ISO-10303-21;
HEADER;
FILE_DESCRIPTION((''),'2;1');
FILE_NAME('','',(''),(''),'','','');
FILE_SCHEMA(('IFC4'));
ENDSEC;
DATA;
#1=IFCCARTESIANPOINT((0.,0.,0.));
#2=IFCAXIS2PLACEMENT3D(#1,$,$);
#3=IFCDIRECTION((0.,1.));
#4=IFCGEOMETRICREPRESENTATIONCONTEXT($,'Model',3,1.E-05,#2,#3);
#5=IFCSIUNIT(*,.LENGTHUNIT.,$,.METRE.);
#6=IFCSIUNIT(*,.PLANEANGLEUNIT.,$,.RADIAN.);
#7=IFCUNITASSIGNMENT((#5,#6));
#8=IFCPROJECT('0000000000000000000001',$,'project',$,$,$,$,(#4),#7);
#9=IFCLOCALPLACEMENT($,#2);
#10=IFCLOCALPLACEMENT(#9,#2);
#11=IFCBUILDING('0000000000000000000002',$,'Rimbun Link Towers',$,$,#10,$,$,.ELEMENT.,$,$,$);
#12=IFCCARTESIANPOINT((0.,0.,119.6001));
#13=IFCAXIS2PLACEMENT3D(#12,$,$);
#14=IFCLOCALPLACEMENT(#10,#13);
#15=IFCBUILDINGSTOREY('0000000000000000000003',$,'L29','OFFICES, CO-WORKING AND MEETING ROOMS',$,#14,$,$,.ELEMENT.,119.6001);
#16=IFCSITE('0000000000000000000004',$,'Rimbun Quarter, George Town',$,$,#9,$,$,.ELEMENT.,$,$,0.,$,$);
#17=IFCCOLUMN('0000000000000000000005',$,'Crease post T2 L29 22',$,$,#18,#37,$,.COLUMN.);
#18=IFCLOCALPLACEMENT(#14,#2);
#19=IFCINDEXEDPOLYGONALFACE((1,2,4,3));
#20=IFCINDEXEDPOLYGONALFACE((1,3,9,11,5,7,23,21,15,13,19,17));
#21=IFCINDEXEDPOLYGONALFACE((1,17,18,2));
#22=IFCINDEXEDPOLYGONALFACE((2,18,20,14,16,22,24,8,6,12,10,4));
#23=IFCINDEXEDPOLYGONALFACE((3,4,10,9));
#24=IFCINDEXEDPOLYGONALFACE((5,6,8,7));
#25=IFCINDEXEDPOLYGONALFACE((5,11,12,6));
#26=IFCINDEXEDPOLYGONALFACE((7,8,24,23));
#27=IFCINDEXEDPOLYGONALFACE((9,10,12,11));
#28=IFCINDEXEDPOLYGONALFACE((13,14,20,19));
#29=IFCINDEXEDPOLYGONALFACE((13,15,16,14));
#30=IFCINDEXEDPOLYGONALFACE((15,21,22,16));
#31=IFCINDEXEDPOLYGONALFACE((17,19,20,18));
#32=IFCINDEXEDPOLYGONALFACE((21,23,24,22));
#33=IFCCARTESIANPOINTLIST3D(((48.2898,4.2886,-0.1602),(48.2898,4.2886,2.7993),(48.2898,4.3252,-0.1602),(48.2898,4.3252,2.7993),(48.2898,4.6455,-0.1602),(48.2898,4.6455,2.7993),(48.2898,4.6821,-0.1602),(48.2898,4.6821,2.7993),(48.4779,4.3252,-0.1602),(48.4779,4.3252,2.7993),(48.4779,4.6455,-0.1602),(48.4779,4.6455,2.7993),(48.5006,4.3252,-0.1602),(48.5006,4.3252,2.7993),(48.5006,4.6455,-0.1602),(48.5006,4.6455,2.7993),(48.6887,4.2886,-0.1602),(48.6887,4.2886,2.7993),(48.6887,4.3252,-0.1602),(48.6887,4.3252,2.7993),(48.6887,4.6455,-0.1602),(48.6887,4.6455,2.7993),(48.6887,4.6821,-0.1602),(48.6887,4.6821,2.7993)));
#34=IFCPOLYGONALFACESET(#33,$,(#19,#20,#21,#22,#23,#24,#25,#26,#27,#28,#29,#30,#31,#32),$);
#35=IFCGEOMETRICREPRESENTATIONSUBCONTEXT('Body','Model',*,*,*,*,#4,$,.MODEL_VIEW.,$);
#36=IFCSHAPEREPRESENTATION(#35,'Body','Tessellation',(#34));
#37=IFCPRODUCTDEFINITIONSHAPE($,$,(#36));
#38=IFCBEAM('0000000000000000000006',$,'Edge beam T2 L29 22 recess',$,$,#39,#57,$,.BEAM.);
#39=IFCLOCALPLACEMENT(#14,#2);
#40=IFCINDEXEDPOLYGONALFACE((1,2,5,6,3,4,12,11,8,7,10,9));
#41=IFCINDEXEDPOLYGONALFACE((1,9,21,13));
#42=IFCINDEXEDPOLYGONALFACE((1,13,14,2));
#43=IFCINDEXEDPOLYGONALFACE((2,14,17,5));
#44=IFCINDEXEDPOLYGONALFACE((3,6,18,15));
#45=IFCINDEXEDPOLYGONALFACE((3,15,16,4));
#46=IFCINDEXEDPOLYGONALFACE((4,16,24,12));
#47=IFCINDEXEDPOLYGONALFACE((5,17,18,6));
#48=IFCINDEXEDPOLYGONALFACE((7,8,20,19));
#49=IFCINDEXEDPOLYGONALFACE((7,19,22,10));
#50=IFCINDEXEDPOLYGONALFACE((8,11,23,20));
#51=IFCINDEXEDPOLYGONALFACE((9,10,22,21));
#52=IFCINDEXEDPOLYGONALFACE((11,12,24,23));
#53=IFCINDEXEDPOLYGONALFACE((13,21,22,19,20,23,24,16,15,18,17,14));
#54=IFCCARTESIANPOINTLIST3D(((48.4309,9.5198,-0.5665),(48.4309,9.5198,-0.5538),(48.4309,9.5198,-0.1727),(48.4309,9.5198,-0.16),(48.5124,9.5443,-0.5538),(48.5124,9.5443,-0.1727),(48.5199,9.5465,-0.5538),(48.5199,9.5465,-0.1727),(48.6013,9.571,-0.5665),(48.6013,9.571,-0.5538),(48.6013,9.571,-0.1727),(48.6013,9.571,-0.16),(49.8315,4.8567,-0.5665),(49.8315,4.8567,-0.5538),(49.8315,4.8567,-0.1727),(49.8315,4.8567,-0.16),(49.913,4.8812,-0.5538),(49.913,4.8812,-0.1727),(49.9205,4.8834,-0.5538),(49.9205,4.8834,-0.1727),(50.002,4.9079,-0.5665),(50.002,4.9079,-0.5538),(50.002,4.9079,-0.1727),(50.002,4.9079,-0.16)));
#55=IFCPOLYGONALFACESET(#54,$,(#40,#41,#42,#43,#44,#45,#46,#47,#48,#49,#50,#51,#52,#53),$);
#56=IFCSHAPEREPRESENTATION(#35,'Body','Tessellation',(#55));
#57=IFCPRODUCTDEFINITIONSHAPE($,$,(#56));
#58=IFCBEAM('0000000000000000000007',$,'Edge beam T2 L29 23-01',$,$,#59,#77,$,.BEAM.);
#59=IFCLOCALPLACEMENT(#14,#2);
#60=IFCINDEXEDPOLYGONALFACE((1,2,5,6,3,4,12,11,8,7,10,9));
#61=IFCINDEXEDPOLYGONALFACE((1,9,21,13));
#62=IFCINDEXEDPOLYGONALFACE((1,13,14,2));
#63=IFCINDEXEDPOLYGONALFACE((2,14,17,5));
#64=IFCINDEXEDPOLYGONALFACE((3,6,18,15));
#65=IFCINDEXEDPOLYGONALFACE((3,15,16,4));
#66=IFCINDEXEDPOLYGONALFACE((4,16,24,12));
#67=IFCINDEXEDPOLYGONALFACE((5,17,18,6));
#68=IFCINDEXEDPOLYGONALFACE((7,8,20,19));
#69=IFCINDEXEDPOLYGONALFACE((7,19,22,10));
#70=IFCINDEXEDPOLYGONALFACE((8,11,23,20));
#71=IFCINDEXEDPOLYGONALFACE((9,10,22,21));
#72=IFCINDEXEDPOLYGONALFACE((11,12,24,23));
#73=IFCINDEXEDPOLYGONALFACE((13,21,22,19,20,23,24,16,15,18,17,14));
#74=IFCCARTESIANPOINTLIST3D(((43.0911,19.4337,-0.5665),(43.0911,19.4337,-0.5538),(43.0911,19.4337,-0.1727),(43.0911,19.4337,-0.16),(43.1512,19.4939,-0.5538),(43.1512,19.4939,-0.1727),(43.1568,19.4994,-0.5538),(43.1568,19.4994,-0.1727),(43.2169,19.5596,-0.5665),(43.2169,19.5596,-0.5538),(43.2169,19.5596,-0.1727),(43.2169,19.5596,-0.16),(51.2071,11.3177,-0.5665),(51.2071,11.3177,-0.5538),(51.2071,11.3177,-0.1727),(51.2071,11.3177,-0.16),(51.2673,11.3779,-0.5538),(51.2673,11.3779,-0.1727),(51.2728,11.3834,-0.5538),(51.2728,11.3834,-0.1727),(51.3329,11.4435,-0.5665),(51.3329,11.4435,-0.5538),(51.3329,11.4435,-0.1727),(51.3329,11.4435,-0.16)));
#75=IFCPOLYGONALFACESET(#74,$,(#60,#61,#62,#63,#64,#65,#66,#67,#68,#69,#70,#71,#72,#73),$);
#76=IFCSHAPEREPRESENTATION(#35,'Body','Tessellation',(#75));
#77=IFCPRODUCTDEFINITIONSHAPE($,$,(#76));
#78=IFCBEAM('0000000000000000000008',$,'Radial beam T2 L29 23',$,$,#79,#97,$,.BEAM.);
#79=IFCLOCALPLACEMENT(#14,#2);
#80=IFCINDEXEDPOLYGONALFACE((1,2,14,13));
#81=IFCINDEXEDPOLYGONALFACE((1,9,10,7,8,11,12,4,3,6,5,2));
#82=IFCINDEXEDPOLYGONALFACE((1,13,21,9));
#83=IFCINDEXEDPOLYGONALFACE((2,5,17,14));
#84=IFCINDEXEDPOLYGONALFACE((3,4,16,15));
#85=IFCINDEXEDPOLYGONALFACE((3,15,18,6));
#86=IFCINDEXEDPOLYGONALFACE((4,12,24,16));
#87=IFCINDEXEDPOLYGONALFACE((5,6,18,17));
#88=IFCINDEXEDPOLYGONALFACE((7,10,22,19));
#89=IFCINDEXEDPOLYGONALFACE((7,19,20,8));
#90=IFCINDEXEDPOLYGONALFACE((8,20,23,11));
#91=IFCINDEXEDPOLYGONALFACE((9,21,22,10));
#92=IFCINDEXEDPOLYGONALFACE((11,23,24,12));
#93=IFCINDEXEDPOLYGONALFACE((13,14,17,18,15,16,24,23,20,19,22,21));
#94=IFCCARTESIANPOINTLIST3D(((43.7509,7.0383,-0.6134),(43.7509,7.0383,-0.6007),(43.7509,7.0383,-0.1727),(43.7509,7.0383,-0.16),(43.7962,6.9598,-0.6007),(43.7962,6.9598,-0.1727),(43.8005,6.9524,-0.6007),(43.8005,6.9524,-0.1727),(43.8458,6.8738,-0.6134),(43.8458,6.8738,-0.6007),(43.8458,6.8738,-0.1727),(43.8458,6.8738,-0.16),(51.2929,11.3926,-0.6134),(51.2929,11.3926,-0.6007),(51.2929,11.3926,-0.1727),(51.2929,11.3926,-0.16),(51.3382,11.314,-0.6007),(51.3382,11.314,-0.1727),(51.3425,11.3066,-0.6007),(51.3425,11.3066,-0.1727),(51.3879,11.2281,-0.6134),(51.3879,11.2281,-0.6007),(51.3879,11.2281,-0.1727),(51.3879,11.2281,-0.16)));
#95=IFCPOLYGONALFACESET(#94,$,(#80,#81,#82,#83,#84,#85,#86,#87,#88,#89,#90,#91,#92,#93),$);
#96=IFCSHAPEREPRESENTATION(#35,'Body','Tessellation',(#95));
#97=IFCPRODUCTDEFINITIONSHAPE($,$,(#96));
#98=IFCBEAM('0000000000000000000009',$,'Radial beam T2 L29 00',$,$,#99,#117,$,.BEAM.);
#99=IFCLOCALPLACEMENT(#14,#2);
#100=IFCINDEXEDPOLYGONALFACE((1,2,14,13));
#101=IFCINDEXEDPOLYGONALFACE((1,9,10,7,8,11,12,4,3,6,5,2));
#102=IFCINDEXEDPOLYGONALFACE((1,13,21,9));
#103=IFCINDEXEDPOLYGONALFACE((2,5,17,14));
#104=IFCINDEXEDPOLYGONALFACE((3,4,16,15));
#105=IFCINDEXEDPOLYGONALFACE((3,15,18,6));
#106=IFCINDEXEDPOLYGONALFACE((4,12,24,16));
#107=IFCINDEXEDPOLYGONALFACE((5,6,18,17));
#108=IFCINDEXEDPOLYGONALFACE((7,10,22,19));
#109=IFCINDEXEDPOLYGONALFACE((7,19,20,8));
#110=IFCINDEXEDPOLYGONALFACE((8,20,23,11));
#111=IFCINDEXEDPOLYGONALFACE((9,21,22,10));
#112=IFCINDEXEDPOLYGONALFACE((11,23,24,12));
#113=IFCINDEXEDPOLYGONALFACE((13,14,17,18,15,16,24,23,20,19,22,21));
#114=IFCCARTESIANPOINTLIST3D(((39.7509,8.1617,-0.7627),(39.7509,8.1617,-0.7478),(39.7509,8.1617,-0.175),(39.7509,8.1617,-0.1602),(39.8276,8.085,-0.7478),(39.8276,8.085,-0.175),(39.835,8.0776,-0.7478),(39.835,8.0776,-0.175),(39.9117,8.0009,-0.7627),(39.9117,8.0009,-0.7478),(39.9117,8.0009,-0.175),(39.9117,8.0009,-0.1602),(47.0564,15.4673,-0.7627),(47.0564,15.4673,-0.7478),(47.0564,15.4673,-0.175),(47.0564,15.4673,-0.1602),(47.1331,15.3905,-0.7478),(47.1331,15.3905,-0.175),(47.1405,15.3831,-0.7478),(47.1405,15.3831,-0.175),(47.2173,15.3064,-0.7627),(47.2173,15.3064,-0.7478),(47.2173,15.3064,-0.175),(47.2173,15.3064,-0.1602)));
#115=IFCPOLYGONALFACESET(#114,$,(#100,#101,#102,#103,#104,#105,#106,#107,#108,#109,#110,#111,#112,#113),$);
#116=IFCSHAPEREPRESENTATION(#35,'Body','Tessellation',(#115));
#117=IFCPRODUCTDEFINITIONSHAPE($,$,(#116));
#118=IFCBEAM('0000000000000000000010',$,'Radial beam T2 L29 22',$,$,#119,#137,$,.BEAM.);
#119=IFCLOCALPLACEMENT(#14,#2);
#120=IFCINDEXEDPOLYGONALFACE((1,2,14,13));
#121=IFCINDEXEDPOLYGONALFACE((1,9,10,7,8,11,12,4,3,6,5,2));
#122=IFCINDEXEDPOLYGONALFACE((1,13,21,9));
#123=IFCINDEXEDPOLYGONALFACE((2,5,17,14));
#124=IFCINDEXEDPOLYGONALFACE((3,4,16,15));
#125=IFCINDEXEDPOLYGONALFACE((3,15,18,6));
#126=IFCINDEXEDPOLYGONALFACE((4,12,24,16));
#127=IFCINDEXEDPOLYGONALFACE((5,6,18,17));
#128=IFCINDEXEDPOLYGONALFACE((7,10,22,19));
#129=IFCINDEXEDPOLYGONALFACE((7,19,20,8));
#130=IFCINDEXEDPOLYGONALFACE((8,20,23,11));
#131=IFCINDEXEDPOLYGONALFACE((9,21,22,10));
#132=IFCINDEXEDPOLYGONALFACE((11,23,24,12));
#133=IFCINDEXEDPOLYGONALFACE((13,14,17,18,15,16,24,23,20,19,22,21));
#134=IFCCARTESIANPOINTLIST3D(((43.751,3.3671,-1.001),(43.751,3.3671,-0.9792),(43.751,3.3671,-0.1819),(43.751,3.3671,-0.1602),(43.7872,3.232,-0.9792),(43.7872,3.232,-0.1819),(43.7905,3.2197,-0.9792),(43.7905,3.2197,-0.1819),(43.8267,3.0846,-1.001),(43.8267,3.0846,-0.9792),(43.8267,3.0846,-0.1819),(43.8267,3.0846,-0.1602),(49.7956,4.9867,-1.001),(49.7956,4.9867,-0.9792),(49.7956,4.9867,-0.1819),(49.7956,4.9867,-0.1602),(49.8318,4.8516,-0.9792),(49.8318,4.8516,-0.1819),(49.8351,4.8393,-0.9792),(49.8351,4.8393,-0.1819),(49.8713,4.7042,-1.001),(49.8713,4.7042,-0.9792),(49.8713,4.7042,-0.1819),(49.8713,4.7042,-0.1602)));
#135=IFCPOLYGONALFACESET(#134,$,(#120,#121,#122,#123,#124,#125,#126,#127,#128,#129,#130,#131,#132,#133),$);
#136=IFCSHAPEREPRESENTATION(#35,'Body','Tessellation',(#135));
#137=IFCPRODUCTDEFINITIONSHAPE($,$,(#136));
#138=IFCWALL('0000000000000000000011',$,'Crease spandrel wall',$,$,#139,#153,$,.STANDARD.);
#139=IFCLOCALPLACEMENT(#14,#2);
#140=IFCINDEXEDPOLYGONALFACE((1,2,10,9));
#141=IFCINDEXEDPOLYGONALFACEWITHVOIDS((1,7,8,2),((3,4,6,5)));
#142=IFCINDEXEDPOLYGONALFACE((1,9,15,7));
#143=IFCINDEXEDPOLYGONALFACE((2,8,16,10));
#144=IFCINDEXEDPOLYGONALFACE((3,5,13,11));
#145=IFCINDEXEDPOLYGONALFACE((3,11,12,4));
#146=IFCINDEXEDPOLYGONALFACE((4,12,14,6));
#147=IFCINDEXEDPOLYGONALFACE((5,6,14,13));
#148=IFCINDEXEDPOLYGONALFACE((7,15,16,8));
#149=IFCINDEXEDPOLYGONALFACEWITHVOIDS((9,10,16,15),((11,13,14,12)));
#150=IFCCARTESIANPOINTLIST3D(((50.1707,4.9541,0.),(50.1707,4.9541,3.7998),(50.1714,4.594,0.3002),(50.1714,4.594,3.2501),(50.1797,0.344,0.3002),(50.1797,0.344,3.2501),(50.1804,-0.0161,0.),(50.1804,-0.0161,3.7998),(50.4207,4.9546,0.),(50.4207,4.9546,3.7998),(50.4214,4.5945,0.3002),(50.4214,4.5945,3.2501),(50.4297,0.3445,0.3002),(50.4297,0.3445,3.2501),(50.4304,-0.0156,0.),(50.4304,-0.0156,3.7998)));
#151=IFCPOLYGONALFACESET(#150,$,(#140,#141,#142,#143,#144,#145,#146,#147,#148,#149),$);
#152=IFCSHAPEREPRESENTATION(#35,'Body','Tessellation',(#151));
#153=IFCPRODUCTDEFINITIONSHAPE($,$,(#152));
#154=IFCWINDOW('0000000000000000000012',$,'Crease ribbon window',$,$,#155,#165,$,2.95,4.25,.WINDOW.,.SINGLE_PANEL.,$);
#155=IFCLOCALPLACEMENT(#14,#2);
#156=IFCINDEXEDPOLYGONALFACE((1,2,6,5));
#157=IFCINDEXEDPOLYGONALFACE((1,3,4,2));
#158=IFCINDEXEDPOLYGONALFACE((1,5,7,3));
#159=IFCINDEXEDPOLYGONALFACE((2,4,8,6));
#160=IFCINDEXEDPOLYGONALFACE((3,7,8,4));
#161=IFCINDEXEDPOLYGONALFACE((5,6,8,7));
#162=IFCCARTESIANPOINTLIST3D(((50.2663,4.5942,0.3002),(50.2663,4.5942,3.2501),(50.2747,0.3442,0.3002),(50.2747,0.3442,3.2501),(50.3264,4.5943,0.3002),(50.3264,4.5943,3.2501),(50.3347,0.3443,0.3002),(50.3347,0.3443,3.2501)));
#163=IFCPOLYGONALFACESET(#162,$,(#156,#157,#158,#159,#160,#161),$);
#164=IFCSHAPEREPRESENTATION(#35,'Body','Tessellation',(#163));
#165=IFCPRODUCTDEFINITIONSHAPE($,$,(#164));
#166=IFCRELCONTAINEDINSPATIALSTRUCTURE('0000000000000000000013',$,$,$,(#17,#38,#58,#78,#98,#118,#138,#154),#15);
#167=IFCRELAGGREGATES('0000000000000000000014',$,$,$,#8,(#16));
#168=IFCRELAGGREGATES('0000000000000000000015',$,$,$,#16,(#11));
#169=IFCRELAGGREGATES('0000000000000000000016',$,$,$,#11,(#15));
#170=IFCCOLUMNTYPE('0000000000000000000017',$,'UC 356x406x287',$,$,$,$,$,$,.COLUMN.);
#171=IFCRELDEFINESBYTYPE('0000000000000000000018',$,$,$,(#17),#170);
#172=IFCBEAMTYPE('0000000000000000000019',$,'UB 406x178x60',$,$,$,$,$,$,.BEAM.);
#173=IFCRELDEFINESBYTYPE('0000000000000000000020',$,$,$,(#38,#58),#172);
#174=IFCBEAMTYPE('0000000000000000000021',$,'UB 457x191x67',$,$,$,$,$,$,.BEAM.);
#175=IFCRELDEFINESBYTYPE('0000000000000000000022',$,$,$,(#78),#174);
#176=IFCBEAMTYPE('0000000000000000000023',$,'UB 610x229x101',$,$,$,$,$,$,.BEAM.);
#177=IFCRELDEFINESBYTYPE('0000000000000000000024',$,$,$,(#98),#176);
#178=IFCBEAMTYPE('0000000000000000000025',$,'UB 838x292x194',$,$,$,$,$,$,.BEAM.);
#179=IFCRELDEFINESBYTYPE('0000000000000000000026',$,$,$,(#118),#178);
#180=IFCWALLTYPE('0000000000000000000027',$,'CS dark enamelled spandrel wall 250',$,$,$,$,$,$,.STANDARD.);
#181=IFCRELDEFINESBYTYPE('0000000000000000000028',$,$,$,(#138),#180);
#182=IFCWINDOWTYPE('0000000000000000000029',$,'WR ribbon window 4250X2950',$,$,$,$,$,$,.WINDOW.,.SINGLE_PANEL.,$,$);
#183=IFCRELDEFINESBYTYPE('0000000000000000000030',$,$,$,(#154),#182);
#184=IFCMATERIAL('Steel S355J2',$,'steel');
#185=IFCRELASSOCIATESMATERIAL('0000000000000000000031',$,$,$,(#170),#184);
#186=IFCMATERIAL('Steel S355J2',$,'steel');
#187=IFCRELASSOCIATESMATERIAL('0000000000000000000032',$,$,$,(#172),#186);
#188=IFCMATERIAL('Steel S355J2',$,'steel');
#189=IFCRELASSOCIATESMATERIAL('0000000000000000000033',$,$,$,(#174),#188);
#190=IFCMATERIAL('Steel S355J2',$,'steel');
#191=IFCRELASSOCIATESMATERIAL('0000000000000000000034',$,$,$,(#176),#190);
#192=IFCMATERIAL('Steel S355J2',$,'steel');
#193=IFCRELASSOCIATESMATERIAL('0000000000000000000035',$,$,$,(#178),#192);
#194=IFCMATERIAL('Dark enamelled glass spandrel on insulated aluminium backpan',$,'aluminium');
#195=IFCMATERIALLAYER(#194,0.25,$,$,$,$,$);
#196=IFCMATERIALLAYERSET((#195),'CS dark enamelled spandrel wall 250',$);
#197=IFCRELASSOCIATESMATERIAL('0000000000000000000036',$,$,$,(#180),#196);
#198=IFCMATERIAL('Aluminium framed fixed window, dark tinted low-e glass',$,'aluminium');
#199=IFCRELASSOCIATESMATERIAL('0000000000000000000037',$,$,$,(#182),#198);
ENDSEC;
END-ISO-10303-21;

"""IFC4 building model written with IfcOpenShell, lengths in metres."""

from ifc_helpers import new_model, si_unit, direction, frame, frame_2d, origin, origin_2d, place, context, subcontext, project, spatial, rectangle, i_section, extrude, material, layer, layer_set, material_profile, profile_set, type_object, element, fill, save


model = new_model("IFC4")

# Units and contexts
model_context = context("Model", 3, precision=1e-05, world=origin(), true_north=direction((0.0, 1.0)))
body_context = subcontext(model_context, "Body", "Model", "MODEL_VIEW")
ifc_project = project(units=[si_unit("LENGTHUNIT", "METRE"), si_unit("PLANEANGLEUNIT", "RADIAN")], contexts=[model_context])

# Site, building, storey
site_placement = place(None, origin())
site = spatial("IfcSite", under=ifc_project, at=site_placement, Name="Rimbun Quarter, George Town", CompositionType="ELEMENT", RefElevation=0.0)
building_placement = place(site_placement, origin())
building = spatial("IfcBuilding", under=site, at=building_placement, Name="Rimbun Link Towers", CompositionType="ELEMENT")
storey_placement = place(building_placement, frame((0.0, 0.0, 119.6001)))
storey = spatial("IfcBuildingStorey", under=building, at=storey_placement, Name="L29", Description="OFFICES, CO-WORKING AND MEETING ROOMS", CompositionType="ELEMENT", Elevation=119.6001)

# Column
ifc_material_1 = material(Name="Steel S355J2", Category="steel")
ifc_material_profile_1 = material_profile(ifc_material_1, i_section(OverallWidth=0.3989, OverallDepth=0.3936, WebThickness=0.0227, FlangeThickness=0.0366, at=origin_2d()), Name="UC 356x406x287")
ifc_profile_set_1 = profile_set([ifc_material_profile_1], Name="Steel S355J2")
column_type = type_object("IfcColumnType", Name="UC 356x406x287", PredefinedType="COLUMN", material=ifc_profile_set_1)
column_placement = place(storey_placement, frame((48.4893, 4.4854, -0.1602), z_axis=(0.0, 0.0, 1.0), x_axis=(1.0, 0.0, 0.0)))
element("IfcColumn", 1, at=column_placement, inside=storey, type_object=column_type, Name="Crease post T2 L29 22", PredefinedType="COLUMN", context=body_context, shape_type="SweptSolid", body=[
    extrude(i_section(OverallWidth=0.3989, OverallDepth=0.3936, WebThickness=0.0227, FlangeThickness=0.0366, at=origin_2d()), origin(), (0.0, 0.0, 1.0), 2.9595),
])

# Beams
ifc_material_2 = material(Name="Steel S355J2", Category="steel")
ifc_material_profile_2 = material_profile(ifc_material_2, i_section(OverallWidth=0.178, OverallDepth=0.4065, WebThickness=0.0078, FlangeThickness=0.0127, at=origin_2d()), Name="UB 406x178x60")
ifc_profile_set_2 = profile_set([ifc_material_profile_2], Name="Steel S355J2")
beam_type_1 = type_object("IfcBeamType", Name="UB 406x178x60", PredefinedType="BEAM", material=ifc_profile_set_2)
beam_1_placement = place(storey_placement, frame((49.9167, 4.8823, -0.3633), z_axis=(-0.28767, 0.95773, 0.0), x_axis=(-0.95773, -0.28767, 0.0)))
element("IfcBeam", 2, at=beam_1_placement, inside=storey, type_object=beam_type_1, Name="Edge beam T2 L29 22 recess", PredefinedType="BEAM", context=body_context, shape_type="SweptSolid", body=[
    extrude(i_section(OverallWidth=0.178, OverallDepth=0.4065, WebThickness=0.0078, FlangeThickness=0.0127, at=origin_2d()), origin(), (0.0, 0.0, 1.0), 4.8689),
])
beam_2_placement = place(storey_placement, frame((51.27, 11.3806, -0.3633), z_axis=(-0.707107, 0.707107, 0.0), x_axis=(-0.707107, -0.707107, 0.0)))
element("IfcBeam", 3, at=beam_2_placement, inside=storey, type_object=beam_type_1, Name="Edge beam T2 L29 23-01", PredefinedType="BEAM", context=body_context, shape_type="SweptSolid", body=[
    extrude(i_section(OverallWidth=0.178, OverallDepth=0.4065, WebThickness=0.0078, FlangeThickness=0.0127, at=origin_2d()), origin(), (0.0, 0.0, 1.0), 11.4778),
])
ifc_material_3 = material(Name="Steel S355J2", Category="steel")
ifc_material_profile_3 = material_profile(ifc_material_3, i_section(OverallWidth=0.1899, OverallDepth=0.4534, WebThickness=0.0085, FlangeThickness=0.0127, at=origin_2d()), Name="UB 457x191x67")
ifc_profile_set_3 = profile_set([ifc_material_profile_3], Name="Steel S355J2")
beam_type_2 = type_object("IfcBeamType", Name="UB 457x191x67", PredefinedType="BEAM", material=ifc_profile_set_3)
beam_3_placement = place(storey_placement, frame((43.7983, 6.9561, -0.3867), z_axis=(0.866032, 0.499989, 0.0), x_axis=(-0.499989, 0.866032, 0.0)))
element("IfcBeam", 4, at=beam_3_placement, inside=storey, type_object=beam_type_2, Name="Radial beam T2 L29 23", PredefinedType="BEAM", context=body_context, shape_type="SweptSolid", body=[
    extrude(i_section(OverallWidth=0.1899, OverallDepth=0.4534, WebThickness=0.0085, FlangeThickness=0.0127, at=origin_2d()), origin(), (0.0, 0.0, 1.0), 8.7087),
])
ifc_material_4 = material(Name="Steel S355J2", Category="steel")
ifc_material_profile_4 = material_profile(ifc_material_4, i_section(OverallWidth=0.2275, OverallDepth=0.6025, WebThickness=0.0105, FlangeThickness=0.0149, at=origin_2d()), Name="UB 610x229x101")
ifc_profile_set_4 = profile_set([ifc_material_profile_4], Name="Steel S355J2")
beam_type_3 = type_object("IfcBeamType", Name="UB 610x229x101", PredefinedType="BEAM", material=ifc_profile_set_4)
beam_4_placement = place(storey_placement, frame((39.8313, 8.0813, -0.4614), z_axis=(0.707107, 0.707107, 0.0), x_axis=(-0.707107, 0.707107, 0.0)))
element("IfcBeam", 5, at=beam_4_placement, inside=storey, type_object=beam_type_3, Name="Radial beam T2 L29 00", PredefinedType="BEAM", context=body_context, shape_type="SweptSolid", body=[
    extrude(i_section(OverallWidth=0.2275, OverallDepth=0.6025, WebThickness=0.0105, FlangeThickness=0.0149, at=origin_2d()), origin(), (0.0, 0.0, 1.0), 10.3315),
])
ifc_material_5 = material(Name="Steel S355J2", Category="steel")
ifc_material_profile_5 = material_profile(ifc_material_5, i_section(OverallWidth=0.2925, OverallDepth=0.8408, WebThickness=0.0127, FlangeThickness=0.0217, at=origin_2d()), Name="UB 838x292x194")
ifc_profile_set_5 = profile_set([ifc_material_profile_5], Name="Steel S355J2")
beam_type_4 = type_object("IfcBeamType", Name="UB 838x292x194", PredefinedType="BEAM", material=ifc_profile_set_5)
beam_5_placement = place(storey_placement, frame((43.7888, 3.2258, -0.5806), z_axis=(0.965927, 0.258813, 0.0), x_axis=(-0.258813, 0.965927, 0.0)))
element("IfcBeam", 6, at=beam_5_placement, inside=storey, type_object=beam_type_4, Name="Radial beam T2 L29 22", PredefinedType="BEAM", context=body_context, shape_type="SweptSolid", body=[
    extrude(i_section(OverallWidth=0.2925, OverallDepth=0.8408, WebThickness=0.0127, FlangeThickness=0.0217, at=origin_2d()), origin(), (0.0, 0.0, 1.0), 6.2578),
])

# Wall, opening, window
ifc_material_6 = material(Name="Dark enamelled glass spandrel on insulated aluminium backpan", Category="aluminium")
ifc_layer_1 = layer(ifc_material_6, 0.25)
ifc_layer_set_1 = layer_set([ifc_layer_1], Name="CS dark enamelled spandrel wall 250")
wall_type_1 = type_object("IfcWallType", Name="CS dark enamelled spandrel wall 250", PredefinedType="STANDARD", material=ifc_layer_set_1)
wall_1_placement = place(storey_placement, frame((50.2957, 4.9543, 0.0), z_axis=(0.0, 0.0, 1.0), x_axis=(0.001965, -0.999998, 0.0)))
wall_1 = element("IfcWall", 7, at=wall_1_placement, inside=storey, type_object=wall_type_1, Name="Crease spandrel wall", PredefinedType="STANDARD", context=body_context, shape_type="SweptSolid", body=[
    extrude(rectangle(XDim=4.9702, YDim=0.25, at=frame_2d((2.4851, 0.0))), origin(), (0.0, 0.0, 1.0), 3.7998),
])
opening_1_placement = place(wall_1_placement, frame((0.3601, 0.0, 0.3)))
opening_1 = element("IfcOpeningElement", 8, at=opening_1_placement, cuts=wall_1, PredefinedType="OPENING", context=body_context, shape_type="SweptSolid", body=[
    extrude(rectangle(XDim=4.25, YDim=2.95, at=frame_2d((2.125, 1.4751))), frame((0.0, 0.135, 0.0), z_axis=(0.0, -1.0, 0.0), x_axis=(1.0, 0.0, 0.0)), (0.0, 0.0, 1.0), 0.27),
])
ifc_material_7 = material(Name="Aluminium framed fixed window, dark tinted low-e glass", Category="aluminium")
window_type_1 = type_object("IfcWindowType", Name="WR ribbon window 4250X2950", PartitioningType="SINGLE_PANEL", PredefinedType="WINDOW", material=ifc_material_7)
window_1_placement = place(opening_1_placement, origin())
window_1 = element("IfcWindow", 9, at=window_1_placement, inside=storey, type_object=window_type_1, Name="Crease ribbon window", OverallHeight=2.95, OverallWidth=4.25, PartitioningType="SINGLE_PANEL", PredefinedType="WINDOW", context=body_context, shape_type="SweptSolid", body=[
    extrude(rectangle(XDim=4.25, YDim=2.95, at=frame_2d((2.125, 1.4751))), frame((0.0, 0.03, 0.0), z_axis=(0.0, -1.0, 0.0), x_axis=(1.0, 0.0, 0.0)), (0.0, 0.0, 1.0), 0.0601),
])
fill(opening_1, window_1)

save(model, "model.ifc")
